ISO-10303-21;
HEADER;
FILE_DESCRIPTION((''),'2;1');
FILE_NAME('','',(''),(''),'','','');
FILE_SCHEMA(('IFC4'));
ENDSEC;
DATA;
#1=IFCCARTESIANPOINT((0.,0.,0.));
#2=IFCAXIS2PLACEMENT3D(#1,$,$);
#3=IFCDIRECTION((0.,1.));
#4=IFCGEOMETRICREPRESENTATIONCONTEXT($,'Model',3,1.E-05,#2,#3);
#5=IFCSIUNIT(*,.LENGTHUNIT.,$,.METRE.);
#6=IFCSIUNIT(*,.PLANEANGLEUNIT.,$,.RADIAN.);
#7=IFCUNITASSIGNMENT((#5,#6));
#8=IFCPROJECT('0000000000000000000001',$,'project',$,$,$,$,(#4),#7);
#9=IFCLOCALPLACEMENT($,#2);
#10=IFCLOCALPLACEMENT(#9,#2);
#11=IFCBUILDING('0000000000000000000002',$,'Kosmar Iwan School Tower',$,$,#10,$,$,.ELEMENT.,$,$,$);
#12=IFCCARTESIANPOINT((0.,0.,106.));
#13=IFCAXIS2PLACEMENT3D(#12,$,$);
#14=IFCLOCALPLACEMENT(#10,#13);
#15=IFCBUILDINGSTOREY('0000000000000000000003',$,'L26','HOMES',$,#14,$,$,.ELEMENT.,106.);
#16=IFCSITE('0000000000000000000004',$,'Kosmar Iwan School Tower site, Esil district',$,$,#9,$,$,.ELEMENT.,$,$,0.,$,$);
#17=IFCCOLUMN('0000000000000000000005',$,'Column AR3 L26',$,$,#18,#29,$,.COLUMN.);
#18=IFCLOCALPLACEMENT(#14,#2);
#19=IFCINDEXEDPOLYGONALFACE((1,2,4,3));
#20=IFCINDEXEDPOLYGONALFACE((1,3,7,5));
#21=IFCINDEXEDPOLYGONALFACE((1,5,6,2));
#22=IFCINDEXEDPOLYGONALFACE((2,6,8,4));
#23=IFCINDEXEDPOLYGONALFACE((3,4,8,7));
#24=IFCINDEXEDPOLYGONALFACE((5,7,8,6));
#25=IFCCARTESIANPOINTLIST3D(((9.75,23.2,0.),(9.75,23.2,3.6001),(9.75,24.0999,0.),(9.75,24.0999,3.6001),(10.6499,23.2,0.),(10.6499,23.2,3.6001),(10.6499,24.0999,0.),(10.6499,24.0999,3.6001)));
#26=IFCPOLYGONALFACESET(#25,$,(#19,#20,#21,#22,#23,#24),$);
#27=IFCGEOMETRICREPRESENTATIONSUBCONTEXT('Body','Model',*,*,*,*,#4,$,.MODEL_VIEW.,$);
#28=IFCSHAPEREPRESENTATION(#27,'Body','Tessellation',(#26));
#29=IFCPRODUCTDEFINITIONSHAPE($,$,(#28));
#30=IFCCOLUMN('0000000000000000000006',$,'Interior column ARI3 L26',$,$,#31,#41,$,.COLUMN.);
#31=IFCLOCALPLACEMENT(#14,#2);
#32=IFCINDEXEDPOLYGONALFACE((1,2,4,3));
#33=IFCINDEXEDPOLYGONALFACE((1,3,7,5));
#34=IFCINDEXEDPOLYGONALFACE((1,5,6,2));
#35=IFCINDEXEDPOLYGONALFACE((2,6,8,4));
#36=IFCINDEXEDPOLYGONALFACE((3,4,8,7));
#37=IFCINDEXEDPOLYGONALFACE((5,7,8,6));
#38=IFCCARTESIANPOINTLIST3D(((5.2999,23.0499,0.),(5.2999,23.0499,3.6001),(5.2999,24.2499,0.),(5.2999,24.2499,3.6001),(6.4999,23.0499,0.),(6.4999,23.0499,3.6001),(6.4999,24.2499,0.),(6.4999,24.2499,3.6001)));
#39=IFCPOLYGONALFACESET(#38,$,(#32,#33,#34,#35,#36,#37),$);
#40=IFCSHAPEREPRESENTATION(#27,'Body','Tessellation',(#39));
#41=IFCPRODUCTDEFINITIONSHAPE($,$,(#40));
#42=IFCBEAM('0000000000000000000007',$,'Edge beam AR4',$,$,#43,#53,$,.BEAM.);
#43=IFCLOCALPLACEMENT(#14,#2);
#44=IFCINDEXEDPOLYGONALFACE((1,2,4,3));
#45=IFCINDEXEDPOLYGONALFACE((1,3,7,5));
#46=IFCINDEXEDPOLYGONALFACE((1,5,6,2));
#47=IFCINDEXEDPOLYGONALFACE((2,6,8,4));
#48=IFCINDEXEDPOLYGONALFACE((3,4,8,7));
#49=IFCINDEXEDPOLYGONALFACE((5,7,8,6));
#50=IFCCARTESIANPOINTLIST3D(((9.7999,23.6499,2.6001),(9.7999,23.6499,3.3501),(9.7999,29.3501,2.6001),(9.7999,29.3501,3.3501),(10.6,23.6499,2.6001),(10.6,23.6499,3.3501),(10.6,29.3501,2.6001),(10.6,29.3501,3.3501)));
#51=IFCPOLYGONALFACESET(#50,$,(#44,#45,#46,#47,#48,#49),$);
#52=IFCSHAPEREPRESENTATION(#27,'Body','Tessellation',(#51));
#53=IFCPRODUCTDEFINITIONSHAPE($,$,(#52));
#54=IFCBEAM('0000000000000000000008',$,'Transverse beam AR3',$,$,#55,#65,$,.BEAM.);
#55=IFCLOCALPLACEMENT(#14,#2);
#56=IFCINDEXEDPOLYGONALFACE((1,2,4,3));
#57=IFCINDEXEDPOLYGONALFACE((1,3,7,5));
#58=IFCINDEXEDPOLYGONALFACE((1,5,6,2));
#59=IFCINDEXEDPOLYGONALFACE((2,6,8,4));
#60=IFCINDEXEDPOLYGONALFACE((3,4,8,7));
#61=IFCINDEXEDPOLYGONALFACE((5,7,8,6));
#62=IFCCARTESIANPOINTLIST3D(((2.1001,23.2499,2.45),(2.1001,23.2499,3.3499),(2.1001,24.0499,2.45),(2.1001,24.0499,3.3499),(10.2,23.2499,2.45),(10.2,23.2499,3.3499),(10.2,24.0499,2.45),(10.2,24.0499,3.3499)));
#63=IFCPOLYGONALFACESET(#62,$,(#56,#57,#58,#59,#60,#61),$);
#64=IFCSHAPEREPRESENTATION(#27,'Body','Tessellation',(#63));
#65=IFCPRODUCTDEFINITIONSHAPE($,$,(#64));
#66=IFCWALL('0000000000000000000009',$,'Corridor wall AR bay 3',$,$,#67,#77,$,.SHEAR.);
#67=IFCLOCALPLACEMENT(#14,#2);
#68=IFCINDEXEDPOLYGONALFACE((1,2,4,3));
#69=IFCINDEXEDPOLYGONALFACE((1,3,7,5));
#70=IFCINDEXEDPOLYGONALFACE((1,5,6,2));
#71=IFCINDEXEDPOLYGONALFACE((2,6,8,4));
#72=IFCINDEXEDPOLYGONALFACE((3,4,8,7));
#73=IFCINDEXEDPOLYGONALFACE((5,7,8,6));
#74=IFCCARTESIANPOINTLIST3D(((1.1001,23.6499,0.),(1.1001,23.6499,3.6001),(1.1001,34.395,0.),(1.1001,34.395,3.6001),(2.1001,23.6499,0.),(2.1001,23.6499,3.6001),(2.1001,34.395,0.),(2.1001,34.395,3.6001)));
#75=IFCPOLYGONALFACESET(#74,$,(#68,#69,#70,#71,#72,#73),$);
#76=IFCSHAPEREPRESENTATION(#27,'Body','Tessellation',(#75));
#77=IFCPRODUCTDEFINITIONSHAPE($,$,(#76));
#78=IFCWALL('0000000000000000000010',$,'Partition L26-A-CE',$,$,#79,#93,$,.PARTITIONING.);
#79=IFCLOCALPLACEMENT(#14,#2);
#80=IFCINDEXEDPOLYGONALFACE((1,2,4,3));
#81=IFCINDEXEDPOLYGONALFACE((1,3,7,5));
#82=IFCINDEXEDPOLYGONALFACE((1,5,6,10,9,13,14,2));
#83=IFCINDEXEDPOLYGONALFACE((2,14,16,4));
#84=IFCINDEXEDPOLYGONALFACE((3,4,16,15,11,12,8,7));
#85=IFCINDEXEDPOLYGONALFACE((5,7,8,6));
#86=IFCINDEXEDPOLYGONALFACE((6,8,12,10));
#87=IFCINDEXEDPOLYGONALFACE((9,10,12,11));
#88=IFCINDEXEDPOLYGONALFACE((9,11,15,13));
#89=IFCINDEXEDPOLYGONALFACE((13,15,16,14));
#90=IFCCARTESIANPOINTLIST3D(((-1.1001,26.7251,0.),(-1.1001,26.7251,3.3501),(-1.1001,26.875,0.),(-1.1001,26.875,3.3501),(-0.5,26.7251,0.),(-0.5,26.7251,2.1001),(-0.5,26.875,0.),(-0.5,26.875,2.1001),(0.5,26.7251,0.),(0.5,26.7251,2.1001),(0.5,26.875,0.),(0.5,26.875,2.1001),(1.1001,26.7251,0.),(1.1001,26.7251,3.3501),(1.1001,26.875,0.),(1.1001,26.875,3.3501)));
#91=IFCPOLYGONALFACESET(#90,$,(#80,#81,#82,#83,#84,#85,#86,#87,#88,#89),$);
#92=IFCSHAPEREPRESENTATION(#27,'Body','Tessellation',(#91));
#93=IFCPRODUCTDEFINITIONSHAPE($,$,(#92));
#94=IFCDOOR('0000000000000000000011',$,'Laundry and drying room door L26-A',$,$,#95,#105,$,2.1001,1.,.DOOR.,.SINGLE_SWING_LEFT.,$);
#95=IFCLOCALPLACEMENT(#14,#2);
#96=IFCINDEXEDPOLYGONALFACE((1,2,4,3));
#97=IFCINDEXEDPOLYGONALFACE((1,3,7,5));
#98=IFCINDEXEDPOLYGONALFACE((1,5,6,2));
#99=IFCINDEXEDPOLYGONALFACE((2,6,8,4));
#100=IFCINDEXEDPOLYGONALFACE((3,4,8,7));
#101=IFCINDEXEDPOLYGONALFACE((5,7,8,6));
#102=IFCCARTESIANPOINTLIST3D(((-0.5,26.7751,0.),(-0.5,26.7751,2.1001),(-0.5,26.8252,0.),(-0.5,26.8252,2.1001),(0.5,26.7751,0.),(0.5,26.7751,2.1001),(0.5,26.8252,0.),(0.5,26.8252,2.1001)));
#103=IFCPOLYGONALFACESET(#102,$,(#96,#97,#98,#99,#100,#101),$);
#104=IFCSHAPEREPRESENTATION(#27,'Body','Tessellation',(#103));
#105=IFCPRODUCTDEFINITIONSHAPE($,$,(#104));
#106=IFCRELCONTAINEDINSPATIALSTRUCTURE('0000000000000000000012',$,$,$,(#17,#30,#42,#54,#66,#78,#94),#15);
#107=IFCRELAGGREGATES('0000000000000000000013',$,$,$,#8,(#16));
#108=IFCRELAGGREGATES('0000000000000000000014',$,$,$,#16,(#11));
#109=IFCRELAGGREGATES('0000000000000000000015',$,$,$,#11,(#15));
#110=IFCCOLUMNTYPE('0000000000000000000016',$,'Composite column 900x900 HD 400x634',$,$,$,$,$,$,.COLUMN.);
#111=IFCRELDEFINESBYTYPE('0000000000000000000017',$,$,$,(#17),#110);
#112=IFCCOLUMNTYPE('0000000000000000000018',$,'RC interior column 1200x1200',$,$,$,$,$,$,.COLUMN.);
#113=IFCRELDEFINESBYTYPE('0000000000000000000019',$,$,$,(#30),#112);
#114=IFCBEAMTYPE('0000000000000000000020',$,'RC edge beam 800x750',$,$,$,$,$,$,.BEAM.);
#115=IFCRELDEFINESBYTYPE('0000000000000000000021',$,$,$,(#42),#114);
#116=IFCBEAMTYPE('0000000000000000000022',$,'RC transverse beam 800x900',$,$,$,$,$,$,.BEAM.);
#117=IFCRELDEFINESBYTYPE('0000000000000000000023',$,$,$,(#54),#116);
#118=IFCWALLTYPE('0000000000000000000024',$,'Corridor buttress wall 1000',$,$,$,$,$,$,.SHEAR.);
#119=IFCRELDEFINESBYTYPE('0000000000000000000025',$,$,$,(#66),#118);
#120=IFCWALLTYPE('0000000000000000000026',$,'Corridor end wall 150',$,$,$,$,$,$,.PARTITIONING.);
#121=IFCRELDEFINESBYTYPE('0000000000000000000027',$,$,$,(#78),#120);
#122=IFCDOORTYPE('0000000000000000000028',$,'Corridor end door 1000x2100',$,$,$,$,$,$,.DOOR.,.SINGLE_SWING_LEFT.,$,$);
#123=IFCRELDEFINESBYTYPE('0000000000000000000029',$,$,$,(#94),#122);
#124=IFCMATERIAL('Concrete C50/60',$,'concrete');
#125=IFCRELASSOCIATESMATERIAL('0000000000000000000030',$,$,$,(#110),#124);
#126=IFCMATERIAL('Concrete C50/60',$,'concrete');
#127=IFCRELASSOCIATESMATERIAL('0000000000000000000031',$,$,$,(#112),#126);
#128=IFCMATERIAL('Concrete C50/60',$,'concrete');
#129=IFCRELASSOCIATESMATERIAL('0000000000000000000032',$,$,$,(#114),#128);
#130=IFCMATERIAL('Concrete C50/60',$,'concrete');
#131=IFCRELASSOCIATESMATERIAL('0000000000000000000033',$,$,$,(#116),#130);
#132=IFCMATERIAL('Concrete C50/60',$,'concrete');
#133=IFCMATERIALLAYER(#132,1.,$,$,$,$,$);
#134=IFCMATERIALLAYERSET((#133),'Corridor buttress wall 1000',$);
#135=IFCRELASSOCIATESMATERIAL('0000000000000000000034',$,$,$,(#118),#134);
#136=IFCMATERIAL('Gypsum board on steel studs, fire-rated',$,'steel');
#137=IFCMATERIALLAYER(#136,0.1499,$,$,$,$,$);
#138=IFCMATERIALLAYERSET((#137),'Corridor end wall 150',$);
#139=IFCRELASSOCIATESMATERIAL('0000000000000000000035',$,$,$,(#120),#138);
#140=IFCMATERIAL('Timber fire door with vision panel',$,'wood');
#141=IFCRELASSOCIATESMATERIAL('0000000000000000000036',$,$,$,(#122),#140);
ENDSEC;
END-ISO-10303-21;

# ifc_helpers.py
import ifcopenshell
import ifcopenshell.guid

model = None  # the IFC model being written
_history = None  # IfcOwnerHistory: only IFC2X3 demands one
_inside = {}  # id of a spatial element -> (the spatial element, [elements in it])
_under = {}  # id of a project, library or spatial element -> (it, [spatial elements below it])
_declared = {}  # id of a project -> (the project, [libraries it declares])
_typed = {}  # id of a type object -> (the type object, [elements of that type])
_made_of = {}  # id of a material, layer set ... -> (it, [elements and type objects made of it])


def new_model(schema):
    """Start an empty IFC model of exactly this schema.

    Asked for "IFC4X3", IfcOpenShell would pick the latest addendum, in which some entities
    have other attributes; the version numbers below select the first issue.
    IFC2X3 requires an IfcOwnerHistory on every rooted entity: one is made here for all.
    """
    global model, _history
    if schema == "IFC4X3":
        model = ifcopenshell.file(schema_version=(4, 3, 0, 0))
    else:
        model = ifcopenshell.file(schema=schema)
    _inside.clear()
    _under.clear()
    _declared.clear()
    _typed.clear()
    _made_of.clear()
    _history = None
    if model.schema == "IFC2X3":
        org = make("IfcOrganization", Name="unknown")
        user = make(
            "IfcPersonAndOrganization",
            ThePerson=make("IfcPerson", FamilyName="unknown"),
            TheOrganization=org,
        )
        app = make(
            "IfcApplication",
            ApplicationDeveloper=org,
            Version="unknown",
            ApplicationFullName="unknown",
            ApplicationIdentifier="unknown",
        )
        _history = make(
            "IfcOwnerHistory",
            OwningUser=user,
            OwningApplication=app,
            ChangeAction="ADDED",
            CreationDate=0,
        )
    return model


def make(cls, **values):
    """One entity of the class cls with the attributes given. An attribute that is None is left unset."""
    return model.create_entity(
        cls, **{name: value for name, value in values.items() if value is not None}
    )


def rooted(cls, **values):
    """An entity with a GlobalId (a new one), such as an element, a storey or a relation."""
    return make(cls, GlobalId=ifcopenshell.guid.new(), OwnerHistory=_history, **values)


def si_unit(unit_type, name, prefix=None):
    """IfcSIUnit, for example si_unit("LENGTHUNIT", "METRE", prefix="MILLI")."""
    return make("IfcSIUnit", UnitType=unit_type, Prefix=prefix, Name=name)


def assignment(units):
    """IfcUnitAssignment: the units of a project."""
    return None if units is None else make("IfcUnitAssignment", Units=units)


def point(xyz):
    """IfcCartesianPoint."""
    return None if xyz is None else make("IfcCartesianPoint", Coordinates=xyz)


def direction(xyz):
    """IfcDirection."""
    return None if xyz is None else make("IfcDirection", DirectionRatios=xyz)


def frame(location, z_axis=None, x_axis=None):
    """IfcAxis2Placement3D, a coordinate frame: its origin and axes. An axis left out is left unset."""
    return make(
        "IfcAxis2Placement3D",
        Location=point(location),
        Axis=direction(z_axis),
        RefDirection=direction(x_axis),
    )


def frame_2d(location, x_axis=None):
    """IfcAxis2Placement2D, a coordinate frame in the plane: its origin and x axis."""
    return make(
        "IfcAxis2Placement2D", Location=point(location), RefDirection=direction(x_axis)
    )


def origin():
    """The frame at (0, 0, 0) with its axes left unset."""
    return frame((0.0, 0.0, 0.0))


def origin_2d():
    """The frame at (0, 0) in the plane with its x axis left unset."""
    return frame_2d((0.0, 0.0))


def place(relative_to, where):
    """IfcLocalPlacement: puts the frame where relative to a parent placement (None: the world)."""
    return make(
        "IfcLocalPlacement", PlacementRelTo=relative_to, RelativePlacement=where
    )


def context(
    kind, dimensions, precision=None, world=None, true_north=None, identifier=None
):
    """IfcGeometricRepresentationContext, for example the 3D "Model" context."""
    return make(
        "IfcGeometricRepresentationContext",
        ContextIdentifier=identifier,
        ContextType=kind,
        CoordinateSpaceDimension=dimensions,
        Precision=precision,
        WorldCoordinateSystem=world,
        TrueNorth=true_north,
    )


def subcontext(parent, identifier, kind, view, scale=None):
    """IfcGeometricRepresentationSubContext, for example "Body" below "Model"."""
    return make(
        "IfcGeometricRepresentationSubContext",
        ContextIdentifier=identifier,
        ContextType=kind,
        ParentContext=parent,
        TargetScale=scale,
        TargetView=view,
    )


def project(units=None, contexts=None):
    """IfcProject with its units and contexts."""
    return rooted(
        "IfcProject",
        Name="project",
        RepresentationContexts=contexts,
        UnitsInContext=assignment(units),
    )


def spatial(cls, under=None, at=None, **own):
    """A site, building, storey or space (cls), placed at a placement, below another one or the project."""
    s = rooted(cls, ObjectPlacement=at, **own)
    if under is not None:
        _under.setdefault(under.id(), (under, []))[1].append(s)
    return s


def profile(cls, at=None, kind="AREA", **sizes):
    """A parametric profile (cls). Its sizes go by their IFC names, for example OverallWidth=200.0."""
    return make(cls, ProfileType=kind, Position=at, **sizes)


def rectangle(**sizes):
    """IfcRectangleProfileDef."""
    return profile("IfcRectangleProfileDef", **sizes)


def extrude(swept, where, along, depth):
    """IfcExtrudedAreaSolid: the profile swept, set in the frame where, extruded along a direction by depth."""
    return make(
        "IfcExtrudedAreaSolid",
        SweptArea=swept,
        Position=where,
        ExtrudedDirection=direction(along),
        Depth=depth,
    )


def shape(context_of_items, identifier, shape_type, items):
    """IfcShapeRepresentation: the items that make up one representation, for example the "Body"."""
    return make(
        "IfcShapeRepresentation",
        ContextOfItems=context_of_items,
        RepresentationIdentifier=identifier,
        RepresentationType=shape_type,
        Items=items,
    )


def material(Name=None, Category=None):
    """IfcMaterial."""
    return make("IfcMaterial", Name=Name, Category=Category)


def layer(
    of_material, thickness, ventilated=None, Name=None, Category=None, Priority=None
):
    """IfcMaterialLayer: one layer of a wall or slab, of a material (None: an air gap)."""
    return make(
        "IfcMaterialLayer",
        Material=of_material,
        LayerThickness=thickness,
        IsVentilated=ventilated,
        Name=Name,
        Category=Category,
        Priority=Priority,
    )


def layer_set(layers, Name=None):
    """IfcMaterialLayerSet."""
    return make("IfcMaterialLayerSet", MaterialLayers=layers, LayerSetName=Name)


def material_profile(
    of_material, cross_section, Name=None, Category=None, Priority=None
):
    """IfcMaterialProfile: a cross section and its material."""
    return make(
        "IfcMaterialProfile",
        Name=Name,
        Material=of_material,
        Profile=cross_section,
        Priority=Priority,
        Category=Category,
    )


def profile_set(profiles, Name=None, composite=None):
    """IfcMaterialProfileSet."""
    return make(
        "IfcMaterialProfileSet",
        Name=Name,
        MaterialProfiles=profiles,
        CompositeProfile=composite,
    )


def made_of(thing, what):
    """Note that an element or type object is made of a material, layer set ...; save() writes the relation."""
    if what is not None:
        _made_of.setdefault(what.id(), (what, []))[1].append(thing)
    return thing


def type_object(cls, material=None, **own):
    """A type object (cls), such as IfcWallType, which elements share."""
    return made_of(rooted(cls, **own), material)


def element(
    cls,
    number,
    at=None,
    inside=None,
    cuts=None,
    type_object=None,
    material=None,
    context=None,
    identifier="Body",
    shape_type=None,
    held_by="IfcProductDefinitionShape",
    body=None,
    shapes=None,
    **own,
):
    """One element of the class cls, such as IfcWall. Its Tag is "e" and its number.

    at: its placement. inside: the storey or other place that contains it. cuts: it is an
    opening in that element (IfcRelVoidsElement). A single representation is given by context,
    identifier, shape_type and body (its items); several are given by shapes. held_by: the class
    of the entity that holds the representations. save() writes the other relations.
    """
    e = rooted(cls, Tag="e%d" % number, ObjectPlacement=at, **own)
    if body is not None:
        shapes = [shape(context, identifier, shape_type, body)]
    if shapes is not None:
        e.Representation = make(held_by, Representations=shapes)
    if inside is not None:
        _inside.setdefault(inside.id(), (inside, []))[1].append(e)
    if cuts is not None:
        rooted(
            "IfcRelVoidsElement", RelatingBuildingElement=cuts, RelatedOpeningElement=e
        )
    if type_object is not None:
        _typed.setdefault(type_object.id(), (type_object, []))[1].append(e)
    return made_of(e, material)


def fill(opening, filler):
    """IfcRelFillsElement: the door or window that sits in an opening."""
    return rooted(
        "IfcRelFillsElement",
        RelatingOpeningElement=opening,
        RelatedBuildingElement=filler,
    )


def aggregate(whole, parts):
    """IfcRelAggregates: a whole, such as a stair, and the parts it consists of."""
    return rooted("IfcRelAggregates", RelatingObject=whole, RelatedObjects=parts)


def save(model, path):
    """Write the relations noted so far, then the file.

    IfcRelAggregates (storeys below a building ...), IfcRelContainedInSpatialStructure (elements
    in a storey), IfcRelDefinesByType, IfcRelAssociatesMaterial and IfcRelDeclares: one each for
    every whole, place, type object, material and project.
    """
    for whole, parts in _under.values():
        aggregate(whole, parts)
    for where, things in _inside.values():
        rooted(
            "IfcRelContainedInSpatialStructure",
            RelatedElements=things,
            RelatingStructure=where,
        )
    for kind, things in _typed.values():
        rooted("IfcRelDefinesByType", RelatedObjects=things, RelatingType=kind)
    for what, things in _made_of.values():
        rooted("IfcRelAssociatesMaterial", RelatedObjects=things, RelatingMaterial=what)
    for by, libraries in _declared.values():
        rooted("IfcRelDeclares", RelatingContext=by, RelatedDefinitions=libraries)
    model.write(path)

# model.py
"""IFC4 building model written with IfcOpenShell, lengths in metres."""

from ifc_helpers import new_model, si_unit, direction, frame, frame_2d, origin, origin_2d, place, context, subcontext, project, spatial, rectangle, extrude, material, layer, layer_set, material_profile, profile_set, type_object, element, fill, save


model = new_model("IFC4")

# Units and contexts
model_context = context("Model", 3, precision=1e-05, world=origin(), true_north=direction((0.0, 1.0)))
body_context = subcontext(model_context, "Body", "Model", "MODEL_VIEW")
ifc_project = project(units=[si_unit("LENGTHUNIT", "METRE"), si_unit("PLANEANGLEUNIT", "RADIAN")], contexts=[model_context])

# Site, building, storey
site_placement = place(None, origin())
site = spatial("IfcSite", under=ifc_project, at=site_placement, Name="Kosmar Iwan School Tower site, Esil district", CompositionType="ELEMENT", RefElevation=0.0)
building_placement = place(site_placement, origin())
building = spatial("IfcBuilding", under=site, at=building_placement, Name="Kosmar Iwan School Tower", CompositionType="ELEMENT")
storey_placement = place(building_placement, frame((0.0, 0.0, 106.0)))
storey = spatial("IfcBuildingStorey", under=building, at=storey_placement, Name="L26", Description="HOMES", CompositionType="ELEMENT", Elevation=106.0)

# Columns
ifc_material_1 = material(Name="Concrete C50/60", Category="concrete")
ifc_material_profile_1 = material_profile(ifc_material_1, rectangle(XDim=0.8999, YDim=0.8999, at=origin_2d()), Name="RC 900x900 + HD 400x634")
ifc_profile_set_1 = profile_set([ifc_material_profile_1], Name="Concrete C50/60")
column_type_1 = type_object("IfcColumnType", Name="Composite column 900x900 HD 400x634", PredefinedType="COLUMN", material=ifc_profile_set_1)
column_1_placement = place(storey_placement, frame((10.2, 23.6499, 0.0), z_axis=(0.0, 0.0, 1.0), x_axis=(0.0, 1.0, 0.0)))
element("IfcColumn", 1, at=column_1_placement, inside=storey, type_object=column_type_1, Name="Column AR3 L26", PredefinedType="COLUMN", context=body_context, shape_type="SweptSolid", body=[
    extrude(rectangle(XDim=0.8999, YDim=0.8999, at=origin_2d()), origin(), (0.0, 0.0, 1.0), 3.6001),
])
ifc_material_2 = material(Name="Concrete C50/60", Category="concrete")
ifc_material_profile_2 = material_profile(ifc_material_2, rectangle(XDim=1.2, YDim=1.2, at=origin_2d()), Name="RC 1200x1200")
ifc_profile_set_2 = profile_set([ifc_material_profile_2], Name="Concrete C50/60")
column_type_2 = type_object("IfcColumnType", Name="RC interior column 1200x1200", PredefinedType="COLUMN", material=ifc_profile_set_2)
column_2_placement = place(storey_placement, frame((5.8999, 23.6499, 0.0), z_axis=(0.0, 0.0, 1.0), x_axis=(0.0, 1.0, 0.0)))
element("IfcColumn", 2, at=column_2_placement, inside=storey, type_object=column_type_2, Name="Interior column ARI3 L26", PredefinedType="COLUMN", context=body_context, shape_type="SweptSolid", body=[
    extrude(rectangle(XDim=1.2, YDim=1.2, at=origin_2d()), origin(), (0.0, 0.0, 1.0), 3.6001),
])

# Beams
ifc_material_3 = material(Name="Concrete C50/60", Category="concrete")
ifc_material_profile_3 = material_profile(ifc_material_3, rectangle(XDim=0.8, YDim=0.75, at=origin_2d()), Name="RC 800x750")
ifc_profile_set_3 = profile_set([ifc_material_profile_3], Name="Concrete C50/60")
beam_type_1 = type_object("IfcBeamType", Name="RC edge beam 800x750", PredefinedType="BEAM", material=ifc_profile_set_3)
beam_1_placement = place(storey_placement, frame((10.2, 23.6499, 2.9751), z_axis=(0.0, 1.0, 0.0), x_axis=(-1.0, 0.0, 0.0)))
element("IfcBeam", 3, at=beam_1_placement, inside=storey, type_object=beam_type_1, Name="Edge beam AR4", PredefinedType="BEAM", context=body_context, shape_type="SweptSolid", body=[
    extrude(rectangle(XDim=0.8, YDim=0.75, at=origin_2d()), origin(), (0.0, 0.0, 1.0), 5.7002),
])
ifc_material_4 = material(Name="Concrete C50/60", Category="concrete")
ifc_material_profile_4 = material_profile(ifc_material_4, rectangle(XDim=0.8, YDim=0.8999, at=origin_2d()), Name="RC 800x900")
ifc_profile_set_4 = profile_set([ifc_material_profile_4], Name="Concrete C50/60")
beam_type_2 = type_object("IfcBeamType", Name="RC transverse beam 800x900", PredefinedType="BEAM", material=ifc_profile_set_4)
beam_2_placement = place(storey_placement, frame((10.2, 23.6499, 2.8999), z_axis=(-1.0, 0.0, 0.0), x_axis=(0.0, -1.0, 0.0)))
element("IfcBeam", 4, at=beam_2_placement, inside=storey, type_object=beam_type_2, Name="Transverse beam AR3", PredefinedType="BEAM", context=body_context, shape_type="SweptSolid", body=[
    extrude(rectangle(XDim=0.8, YDim=0.8999, at=origin_2d()), origin(), (0.0, 0.0, 1.0), 8.0999),
])

# Wall
ifc_material_5 = material(Name="Concrete C50/60", Category="concrete")
ifc_layer_1 = layer(ifc_material_5, 1.0)
ifc_layer_set_1 = layer_set([ifc_layer_1], Name="Corridor buttress wall 1000")
wall_type_1 = type_object("IfcWallType", Name="Corridor buttress wall 1000", PredefinedType="SHEAR", material=ifc_layer_set_1)
wall_1_placement = place(storey_placement, frame((1.6001, 23.6499, 0.0), z_axis=(0.0, 0.0, 1.0), x_axis=(0.0, 1.0, 0.0)))
element("IfcWall", 5, at=wall_1_placement, inside=storey, type_object=wall_type_1, Name="Corridor wall AR bay 3", PredefinedType="SHEAR", context=body_context, shape_type="SweptSolid", body=[
    extrude(rectangle(XDim=10.7451, YDim=1.0, at=frame_2d((5.3726, 0.0))), origin(), (0.0, 0.0, 1.0), 3.6001),
])

# Wall, opening, door
ifc_material_6 = material(Name="Gypsum board on steel studs, fire-rated", Category="steel")
ifc_layer_2 = layer(ifc_material_6, 0.1499)
ifc_layer_set_2 = layer_set([ifc_layer_2], Name="Corridor end wall 150")
wall_type_2 = type_object("IfcWallType", Name="Corridor end wall 150", PredefinedType="PARTITIONING", material=ifc_layer_set_2)
wall_2_placement = place(storey_placement, frame((1.1001, 26.8, 0.0), z_axis=(0.0, 0.0, 1.0), x_axis=(-1.0, 0.0, 0.0)))
wall_2 = element("IfcWall", 6, at=wall_2_placement, inside=storey, type_object=wall_type_2, Name="Partition L26-A-CE", PredefinedType="PARTITIONING", context=body_context, shape_type="SweptSolid", body=[
    extrude(rectangle(XDim=2.2002, YDim=0.1499, at=frame_2d((1.1001, 0.0))), origin(), (0.0, 0.0, 1.0), 3.3501),
])
opening_1_placement = place(wall_2_placement, frame((0.6001, 0.0, 0.0)))
opening_1 = element("IfcOpeningElement", 7, at=opening_1_placement, cuts=wall_2, PredefinedType="OPENING", context=body_context, shape_type="SweptSolid", body=[
    extrude(rectangle(XDim=1.0, YDim=2.1001, at=frame_2d((0.5, 1.05))), frame((0.0, 0.0869, 0.0), z_axis=(0.0, -1.0, 0.0), x_axis=(1.0, 0.0, 0.0)), (0.0, 0.0, 1.0), 0.1738),
])
ifc_material_7 = material(Name="Timber fire door with vision panel", Category="wood")
door_type_1 = type_object("IfcDoorType", Name="Corridor end door 1000x2100", OperationType="SINGLE_SWING_LEFT", PredefinedType="DOOR", material=ifc_material_7)
door_1_placement = place(opening_1_placement, origin())
door_1 = element("IfcDoor", 8, at=door_1_placement, inside=storey, type_object=door_type_1, Name="Laundry and drying room door L26-A", OperationType="SINGLE_SWING_LEFT", OverallHeight=2.1001, OverallWidth=1.0, PredefinedType="DOOR", context=body_context, shape_type="SweptSolid", body=[
    extrude(rectangle(XDim=1.0, YDim=2.1001, at=frame_2d((0.5, 1.05))), frame((0.0, 0.0249, 0.0), z_axis=(0.0, -1.0, 0.0), x_axis=(1.0, 0.0, 0.0)), (0.0, 0.0, 1.0), 0.05),
])
fill(opening_1, door_1)

save(model, "model.ifc")
